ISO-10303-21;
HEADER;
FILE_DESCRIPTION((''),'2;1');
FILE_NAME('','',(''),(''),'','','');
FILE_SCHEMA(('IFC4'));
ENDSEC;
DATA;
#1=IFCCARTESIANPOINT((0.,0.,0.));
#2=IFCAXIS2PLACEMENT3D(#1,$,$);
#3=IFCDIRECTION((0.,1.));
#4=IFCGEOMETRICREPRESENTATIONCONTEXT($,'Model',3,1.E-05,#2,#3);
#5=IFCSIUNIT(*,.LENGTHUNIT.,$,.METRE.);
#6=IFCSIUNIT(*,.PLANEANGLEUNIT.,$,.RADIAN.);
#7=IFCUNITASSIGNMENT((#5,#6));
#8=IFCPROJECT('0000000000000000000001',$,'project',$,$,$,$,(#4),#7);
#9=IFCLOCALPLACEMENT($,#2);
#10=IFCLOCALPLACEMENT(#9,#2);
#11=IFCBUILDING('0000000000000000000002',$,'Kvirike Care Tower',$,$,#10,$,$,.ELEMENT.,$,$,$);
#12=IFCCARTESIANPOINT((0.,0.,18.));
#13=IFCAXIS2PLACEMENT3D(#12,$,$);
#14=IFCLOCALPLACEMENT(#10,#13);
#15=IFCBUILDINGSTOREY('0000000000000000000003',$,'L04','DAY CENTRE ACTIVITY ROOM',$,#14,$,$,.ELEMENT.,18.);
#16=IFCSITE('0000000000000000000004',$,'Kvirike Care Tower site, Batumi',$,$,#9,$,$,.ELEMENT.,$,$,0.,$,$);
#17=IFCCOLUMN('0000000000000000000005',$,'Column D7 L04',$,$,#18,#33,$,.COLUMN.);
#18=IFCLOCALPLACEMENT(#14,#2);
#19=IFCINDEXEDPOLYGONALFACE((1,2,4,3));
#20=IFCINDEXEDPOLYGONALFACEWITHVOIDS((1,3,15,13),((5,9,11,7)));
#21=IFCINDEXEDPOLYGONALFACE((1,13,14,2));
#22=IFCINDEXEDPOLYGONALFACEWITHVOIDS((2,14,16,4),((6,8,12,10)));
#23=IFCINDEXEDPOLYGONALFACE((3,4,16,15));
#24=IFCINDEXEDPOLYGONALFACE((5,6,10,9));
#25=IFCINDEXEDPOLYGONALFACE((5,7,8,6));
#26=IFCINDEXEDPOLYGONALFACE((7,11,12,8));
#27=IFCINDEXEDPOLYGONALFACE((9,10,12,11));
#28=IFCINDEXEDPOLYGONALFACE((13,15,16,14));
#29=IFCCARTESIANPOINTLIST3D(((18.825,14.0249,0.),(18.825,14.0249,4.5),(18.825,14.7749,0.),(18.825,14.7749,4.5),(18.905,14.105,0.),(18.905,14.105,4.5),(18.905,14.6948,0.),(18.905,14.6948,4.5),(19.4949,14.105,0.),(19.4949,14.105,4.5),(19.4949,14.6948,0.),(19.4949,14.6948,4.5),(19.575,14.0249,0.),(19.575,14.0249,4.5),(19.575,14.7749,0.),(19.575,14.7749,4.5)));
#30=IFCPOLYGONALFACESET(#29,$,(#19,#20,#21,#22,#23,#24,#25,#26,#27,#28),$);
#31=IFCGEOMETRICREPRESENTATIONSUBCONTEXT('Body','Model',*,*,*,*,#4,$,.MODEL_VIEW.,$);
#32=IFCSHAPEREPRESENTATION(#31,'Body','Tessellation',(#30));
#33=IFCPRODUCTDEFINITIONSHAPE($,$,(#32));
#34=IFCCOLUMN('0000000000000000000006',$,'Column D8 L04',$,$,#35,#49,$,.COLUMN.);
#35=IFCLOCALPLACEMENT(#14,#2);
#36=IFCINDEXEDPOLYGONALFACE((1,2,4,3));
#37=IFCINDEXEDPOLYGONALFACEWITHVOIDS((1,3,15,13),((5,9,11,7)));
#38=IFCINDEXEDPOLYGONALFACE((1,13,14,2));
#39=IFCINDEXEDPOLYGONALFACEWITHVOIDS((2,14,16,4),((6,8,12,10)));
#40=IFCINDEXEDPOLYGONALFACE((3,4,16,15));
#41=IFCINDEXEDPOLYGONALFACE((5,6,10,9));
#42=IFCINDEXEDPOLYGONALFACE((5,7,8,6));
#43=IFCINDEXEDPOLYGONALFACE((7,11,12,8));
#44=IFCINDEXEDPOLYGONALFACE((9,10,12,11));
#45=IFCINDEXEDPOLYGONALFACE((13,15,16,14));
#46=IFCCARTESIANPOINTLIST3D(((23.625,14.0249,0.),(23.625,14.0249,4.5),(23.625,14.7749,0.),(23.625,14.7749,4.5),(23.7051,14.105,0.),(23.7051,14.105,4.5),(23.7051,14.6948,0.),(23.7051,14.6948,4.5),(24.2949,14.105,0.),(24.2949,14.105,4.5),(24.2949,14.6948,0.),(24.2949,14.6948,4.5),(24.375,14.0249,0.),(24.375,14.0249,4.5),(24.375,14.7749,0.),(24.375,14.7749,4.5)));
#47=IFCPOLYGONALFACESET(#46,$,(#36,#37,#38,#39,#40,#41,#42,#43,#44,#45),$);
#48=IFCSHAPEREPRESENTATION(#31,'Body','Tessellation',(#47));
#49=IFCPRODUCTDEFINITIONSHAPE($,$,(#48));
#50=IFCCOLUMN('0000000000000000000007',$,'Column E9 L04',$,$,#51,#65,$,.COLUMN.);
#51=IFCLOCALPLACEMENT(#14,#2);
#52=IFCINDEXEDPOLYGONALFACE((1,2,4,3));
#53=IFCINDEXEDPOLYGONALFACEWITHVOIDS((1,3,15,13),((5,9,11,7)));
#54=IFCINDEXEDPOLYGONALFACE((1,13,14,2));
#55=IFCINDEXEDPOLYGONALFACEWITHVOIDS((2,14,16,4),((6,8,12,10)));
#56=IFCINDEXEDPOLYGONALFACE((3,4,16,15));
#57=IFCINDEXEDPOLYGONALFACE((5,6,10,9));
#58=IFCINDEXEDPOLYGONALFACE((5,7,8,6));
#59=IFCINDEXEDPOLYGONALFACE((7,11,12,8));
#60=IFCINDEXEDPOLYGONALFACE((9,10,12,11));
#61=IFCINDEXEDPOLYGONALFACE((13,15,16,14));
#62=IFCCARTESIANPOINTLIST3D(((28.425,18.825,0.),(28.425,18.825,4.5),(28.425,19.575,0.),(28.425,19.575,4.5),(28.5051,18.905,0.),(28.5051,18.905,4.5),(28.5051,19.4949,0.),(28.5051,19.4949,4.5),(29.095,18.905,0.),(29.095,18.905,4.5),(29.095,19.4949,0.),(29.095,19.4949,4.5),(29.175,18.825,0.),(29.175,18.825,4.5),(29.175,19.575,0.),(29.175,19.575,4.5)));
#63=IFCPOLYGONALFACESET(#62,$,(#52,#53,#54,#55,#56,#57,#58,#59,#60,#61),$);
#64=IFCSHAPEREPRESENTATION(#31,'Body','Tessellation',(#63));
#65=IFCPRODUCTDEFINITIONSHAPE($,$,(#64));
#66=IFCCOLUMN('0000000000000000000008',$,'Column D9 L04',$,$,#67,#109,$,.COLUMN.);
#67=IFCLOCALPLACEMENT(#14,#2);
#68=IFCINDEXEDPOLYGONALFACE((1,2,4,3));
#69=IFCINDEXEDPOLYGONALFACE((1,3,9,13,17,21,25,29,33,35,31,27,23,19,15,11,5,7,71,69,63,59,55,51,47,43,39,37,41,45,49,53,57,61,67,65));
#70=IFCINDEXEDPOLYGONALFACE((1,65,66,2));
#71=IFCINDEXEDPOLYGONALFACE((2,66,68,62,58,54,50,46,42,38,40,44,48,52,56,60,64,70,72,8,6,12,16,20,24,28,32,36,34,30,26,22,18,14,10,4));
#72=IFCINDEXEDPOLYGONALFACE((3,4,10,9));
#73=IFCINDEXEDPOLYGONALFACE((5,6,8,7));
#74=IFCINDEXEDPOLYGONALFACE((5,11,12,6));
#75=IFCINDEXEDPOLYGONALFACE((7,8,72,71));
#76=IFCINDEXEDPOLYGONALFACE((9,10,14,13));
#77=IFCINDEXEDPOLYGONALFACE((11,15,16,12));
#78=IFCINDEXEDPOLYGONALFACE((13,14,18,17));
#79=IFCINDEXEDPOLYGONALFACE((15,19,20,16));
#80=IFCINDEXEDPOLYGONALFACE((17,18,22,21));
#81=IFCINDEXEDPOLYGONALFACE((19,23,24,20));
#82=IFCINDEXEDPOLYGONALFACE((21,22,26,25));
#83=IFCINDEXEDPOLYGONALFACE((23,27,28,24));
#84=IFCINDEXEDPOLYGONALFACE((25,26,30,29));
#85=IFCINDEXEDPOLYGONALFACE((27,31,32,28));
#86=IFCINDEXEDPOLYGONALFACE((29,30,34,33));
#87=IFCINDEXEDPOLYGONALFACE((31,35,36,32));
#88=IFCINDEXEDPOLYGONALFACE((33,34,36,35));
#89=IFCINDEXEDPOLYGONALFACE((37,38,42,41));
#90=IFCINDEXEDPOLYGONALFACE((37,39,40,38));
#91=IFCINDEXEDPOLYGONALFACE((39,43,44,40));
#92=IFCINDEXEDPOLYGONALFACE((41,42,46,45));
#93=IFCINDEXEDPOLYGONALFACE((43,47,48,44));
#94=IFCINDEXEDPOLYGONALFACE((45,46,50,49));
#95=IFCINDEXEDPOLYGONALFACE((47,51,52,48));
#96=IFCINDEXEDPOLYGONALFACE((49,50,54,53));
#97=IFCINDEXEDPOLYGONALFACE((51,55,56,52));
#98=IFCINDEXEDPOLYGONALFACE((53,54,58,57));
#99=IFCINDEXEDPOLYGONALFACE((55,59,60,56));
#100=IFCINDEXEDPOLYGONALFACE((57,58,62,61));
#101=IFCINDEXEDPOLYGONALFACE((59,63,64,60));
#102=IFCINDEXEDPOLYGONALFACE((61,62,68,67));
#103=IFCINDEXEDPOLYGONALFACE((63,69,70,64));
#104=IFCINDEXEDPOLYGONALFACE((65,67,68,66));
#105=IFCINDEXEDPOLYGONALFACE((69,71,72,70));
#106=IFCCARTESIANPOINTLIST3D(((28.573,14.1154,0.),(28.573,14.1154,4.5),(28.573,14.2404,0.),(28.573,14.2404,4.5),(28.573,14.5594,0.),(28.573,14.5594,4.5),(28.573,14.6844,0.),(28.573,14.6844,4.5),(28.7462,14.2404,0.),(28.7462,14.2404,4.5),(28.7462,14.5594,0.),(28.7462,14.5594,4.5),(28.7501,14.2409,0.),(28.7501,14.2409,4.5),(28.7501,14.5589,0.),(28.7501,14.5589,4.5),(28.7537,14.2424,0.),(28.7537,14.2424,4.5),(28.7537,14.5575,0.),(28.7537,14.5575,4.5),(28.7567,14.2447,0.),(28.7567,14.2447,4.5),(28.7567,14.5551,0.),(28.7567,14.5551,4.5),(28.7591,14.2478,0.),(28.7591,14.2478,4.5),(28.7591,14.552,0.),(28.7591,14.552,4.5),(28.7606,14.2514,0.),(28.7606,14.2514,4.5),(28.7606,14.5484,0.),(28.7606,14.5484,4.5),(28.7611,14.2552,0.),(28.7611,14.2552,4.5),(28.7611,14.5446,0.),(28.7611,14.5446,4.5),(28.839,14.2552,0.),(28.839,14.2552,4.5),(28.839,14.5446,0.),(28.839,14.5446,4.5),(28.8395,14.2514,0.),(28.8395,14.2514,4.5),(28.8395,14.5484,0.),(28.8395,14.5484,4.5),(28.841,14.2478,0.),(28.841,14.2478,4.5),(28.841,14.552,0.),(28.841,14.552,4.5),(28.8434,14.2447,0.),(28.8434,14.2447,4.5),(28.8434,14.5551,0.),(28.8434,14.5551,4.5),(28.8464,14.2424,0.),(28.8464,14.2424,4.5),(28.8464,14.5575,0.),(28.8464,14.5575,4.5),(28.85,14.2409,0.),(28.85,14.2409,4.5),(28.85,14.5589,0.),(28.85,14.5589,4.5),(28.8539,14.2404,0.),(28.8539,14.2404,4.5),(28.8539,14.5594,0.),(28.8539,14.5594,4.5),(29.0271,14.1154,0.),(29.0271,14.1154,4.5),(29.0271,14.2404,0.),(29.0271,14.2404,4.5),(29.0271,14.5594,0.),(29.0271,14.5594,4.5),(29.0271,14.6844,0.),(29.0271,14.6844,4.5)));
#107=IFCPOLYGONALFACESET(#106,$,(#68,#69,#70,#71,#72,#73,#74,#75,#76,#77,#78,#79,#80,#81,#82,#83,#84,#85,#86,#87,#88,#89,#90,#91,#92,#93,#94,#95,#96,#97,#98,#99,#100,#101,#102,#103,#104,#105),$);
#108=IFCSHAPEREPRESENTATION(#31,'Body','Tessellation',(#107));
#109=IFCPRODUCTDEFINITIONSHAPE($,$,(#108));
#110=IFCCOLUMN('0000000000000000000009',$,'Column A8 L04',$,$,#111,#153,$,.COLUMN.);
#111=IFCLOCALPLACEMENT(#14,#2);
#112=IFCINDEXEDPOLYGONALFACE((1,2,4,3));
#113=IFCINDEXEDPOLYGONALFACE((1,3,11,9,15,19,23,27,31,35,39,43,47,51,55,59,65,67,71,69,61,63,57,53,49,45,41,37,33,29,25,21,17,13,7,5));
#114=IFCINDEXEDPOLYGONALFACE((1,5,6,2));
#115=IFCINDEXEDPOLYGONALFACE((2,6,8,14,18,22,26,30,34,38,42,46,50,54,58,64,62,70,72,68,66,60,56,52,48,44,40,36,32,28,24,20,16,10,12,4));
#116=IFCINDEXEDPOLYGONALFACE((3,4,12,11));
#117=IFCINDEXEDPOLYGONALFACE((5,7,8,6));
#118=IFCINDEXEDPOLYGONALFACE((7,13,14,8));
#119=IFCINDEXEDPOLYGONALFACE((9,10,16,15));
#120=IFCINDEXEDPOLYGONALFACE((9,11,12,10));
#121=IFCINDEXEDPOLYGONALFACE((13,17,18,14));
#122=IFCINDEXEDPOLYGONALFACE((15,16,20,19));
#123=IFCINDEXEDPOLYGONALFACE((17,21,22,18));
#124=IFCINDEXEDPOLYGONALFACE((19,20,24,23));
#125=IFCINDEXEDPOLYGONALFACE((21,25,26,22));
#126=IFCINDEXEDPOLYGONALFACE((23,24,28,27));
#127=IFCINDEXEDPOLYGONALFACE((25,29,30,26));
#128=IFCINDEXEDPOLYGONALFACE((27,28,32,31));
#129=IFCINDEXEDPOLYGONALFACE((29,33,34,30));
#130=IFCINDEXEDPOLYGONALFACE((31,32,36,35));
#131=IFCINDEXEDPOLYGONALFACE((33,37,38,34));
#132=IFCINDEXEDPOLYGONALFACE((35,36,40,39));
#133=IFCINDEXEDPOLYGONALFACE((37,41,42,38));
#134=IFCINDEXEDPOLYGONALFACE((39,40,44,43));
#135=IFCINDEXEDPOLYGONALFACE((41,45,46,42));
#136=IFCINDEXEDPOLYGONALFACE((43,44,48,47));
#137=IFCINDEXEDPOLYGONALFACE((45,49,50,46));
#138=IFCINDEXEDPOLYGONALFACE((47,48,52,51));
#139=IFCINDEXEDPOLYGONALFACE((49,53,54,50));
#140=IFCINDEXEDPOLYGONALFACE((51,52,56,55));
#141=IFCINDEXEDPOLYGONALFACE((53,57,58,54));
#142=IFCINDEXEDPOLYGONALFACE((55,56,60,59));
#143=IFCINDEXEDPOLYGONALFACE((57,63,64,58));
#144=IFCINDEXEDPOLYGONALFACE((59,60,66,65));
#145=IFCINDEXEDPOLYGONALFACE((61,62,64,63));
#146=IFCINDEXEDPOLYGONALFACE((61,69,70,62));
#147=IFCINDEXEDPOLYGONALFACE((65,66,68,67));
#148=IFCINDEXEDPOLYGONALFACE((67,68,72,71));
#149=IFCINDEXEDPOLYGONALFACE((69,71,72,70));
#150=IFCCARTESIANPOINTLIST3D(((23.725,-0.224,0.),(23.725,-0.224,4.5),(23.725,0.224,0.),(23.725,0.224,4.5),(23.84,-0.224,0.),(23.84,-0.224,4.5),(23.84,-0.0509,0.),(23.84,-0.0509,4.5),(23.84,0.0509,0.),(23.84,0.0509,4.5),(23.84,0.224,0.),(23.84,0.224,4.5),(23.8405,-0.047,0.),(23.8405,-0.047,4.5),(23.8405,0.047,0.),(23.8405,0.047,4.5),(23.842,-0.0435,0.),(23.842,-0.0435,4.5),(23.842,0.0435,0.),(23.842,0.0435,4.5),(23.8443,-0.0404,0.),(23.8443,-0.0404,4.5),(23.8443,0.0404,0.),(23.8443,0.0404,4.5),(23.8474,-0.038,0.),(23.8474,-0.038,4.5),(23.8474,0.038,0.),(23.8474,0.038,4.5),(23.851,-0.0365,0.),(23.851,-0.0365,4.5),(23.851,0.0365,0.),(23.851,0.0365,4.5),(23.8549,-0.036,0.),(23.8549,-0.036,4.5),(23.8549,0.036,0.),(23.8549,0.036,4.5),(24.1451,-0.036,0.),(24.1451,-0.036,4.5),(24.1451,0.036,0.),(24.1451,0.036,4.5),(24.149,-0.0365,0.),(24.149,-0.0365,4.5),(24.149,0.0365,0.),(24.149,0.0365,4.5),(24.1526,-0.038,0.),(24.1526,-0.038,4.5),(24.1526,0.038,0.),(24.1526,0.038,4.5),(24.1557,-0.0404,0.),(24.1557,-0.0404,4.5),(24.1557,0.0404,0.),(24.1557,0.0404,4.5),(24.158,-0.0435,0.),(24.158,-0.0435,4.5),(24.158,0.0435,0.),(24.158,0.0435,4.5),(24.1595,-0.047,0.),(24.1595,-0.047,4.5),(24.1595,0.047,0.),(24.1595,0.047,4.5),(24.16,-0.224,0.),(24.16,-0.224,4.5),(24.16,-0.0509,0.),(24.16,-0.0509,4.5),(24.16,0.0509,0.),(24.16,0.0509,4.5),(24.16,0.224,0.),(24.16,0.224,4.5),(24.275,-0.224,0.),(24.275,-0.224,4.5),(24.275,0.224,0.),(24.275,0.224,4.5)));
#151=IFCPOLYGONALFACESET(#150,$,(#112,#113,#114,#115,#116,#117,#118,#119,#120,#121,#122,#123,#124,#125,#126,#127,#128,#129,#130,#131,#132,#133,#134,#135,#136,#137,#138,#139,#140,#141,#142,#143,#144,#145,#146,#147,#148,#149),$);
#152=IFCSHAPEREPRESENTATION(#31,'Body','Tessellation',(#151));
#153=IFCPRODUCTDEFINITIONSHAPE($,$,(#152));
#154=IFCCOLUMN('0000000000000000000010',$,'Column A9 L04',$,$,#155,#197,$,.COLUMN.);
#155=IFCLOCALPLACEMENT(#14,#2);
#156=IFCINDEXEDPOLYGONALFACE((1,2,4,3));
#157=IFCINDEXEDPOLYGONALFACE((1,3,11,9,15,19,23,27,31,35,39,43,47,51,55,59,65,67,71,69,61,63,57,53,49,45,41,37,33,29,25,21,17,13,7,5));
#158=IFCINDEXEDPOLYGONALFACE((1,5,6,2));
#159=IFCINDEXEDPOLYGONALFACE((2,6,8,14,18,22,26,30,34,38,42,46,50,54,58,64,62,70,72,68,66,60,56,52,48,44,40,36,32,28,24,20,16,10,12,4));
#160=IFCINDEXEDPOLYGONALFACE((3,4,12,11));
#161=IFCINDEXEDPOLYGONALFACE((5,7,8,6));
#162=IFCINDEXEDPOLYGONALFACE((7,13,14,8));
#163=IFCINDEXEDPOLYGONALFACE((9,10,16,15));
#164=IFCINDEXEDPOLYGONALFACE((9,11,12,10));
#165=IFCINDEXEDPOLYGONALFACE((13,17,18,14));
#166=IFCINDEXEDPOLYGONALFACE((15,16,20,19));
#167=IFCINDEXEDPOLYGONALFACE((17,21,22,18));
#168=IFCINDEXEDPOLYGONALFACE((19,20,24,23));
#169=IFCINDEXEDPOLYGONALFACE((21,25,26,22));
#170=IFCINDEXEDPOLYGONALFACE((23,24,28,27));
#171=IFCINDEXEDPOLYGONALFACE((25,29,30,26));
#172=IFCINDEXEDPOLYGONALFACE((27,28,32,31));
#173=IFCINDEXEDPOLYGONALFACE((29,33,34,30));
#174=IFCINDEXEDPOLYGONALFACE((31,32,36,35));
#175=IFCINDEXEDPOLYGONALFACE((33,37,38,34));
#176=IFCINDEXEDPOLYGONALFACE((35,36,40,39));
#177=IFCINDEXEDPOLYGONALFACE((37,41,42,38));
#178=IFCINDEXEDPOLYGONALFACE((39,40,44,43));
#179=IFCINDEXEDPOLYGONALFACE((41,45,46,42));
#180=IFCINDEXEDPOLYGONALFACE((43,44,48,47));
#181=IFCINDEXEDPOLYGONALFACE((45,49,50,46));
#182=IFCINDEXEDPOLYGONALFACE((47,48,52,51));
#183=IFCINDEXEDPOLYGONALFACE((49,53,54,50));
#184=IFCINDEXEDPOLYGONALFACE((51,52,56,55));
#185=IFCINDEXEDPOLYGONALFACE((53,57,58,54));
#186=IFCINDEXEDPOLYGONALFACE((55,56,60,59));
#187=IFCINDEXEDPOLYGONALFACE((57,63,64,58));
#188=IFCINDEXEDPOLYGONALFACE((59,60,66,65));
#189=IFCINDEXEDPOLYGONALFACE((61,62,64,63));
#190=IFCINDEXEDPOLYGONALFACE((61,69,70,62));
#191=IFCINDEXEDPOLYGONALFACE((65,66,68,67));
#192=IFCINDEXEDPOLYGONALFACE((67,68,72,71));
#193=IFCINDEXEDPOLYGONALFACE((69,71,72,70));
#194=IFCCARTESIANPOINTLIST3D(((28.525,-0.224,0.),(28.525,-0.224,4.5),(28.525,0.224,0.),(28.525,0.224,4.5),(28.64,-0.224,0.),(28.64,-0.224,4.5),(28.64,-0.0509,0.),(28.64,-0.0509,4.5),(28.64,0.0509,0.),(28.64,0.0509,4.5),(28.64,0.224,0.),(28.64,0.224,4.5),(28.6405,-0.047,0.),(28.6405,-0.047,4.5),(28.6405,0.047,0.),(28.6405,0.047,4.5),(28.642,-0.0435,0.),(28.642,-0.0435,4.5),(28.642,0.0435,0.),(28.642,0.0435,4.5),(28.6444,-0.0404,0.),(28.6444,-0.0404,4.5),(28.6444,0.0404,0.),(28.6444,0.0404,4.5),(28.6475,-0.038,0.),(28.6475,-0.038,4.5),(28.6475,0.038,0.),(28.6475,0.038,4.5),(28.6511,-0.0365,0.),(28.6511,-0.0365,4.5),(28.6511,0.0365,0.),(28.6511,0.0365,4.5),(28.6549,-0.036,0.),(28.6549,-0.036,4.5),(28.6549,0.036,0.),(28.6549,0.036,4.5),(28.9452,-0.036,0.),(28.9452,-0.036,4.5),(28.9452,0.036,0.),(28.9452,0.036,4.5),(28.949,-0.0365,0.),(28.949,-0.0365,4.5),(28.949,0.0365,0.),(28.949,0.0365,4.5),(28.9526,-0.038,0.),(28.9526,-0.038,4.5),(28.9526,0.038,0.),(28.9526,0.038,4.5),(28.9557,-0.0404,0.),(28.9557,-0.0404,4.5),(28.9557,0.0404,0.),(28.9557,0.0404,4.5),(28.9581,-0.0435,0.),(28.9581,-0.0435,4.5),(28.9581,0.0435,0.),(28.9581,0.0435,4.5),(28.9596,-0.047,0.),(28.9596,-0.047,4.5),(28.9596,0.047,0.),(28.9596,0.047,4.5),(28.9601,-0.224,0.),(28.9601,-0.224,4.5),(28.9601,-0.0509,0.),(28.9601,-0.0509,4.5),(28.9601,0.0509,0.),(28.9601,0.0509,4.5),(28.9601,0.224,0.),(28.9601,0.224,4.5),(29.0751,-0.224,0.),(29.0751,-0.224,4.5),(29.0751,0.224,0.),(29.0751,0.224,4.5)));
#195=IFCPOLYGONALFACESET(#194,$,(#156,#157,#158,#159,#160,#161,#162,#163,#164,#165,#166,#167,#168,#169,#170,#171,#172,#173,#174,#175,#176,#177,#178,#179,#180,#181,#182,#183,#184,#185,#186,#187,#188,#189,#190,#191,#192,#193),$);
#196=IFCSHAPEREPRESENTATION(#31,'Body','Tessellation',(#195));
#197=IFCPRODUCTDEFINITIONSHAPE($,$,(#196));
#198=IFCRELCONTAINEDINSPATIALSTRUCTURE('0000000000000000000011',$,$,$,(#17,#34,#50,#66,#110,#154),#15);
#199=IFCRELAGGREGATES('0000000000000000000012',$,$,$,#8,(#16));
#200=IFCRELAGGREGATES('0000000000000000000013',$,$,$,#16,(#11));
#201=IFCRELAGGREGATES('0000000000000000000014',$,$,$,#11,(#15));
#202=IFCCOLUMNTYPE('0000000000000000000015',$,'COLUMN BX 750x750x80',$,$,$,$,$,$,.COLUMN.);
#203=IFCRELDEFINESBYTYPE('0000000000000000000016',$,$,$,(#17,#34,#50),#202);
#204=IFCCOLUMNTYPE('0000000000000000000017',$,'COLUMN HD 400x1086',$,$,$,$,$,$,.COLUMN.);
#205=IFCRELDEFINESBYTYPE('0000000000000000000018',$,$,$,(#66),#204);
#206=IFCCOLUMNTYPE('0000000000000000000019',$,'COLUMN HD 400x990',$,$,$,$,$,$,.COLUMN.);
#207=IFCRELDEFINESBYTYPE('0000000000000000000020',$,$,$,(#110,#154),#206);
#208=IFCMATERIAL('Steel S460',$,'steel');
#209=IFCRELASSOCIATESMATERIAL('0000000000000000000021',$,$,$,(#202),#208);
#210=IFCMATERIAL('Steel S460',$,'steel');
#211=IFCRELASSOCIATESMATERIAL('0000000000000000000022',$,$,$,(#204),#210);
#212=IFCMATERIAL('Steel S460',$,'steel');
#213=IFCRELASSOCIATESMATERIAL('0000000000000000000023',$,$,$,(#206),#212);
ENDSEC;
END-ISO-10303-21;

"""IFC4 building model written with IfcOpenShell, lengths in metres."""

from ifc_helpers import new_model, si_unit, direction, frame, origin, origin_2d, place, context, subcontext, project, spatial, hollow_rectangle, i_section, extrude, material, material_profile, profile_set, type_object, element, save


model = new_model("IFC4")

# Units and contexts
model_context = context("Model", 3, precision=1e-05, world=origin(), true_north=direction((0.0, 1.0)))
body_context = subcontext(model_context, "Body", "Model", "MODEL_VIEW")
ifc_project = project(units=[si_unit("LENGTHUNIT", "METRE"), si_unit("PLANEANGLEUNIT", "RADIAN")], contexts=[model_context])

# Site, building, storey
site_placement = place(None, origin())
site = spatial("IfcSite", under=ifc_project, at=site_placement, Name="Kvirike Care Tower site, Batumi", CompositionType="ELEMENT", RefElevation=0.0)
building_placement = place(site_placement, origin())
building = spatial("IfcBuilding", under=site, at=building_placement, Name="Kvirike Care Tower", CompositionType="ELEMENT")
storey_placement = place(building_placement, frame((0.0, 0.0, 18.0)))
storey = spatial("IfcBuildingStorey", under=building, at=storey_placement, Name="L04", Description="DAY CENTRE ACTIVITY ROOM", CompositionType="ELEMENT", Elevation=18.0)

# Columns
ifc_material_1 = material(Name="Steel S460", Category="steel")
ifc_material_profile_1 = material_profile(ifc_material_1, hollow_rectangle(XDim=0.75, YDim=0.75, WallThickness=0.0801, at=origin_2d()), Name="BX 750x750x80")
ifc_profile_set_1 = profile_set([ifc_material_profile_1], Name="Steel S460")
column_type_1 = type_object("IfcColumnType", Name="COLUMN BX 750x750x80", PredefinedType="COLUMN", material=ifc_profile_set_1)
for number, where, z_axis, x_axis, name in (
    (1, (19.2, 14.3999, 0.0), (0.0, 0.0, 1.0), (1.0, 0.0, 0.0), "Column D7 L04"),
    (2, (24.0, 14.3999, 0.0), (0.0, 0.0, 1.0), (1.0, 0.0, 0.0), "Column D8 L04"),
    (3, (28.8, 19.2, 0.0), (0.0, 0.0, 1.0), (1.0, 0.0, 0.0), "Column E9 L04"),
):
    element("IfcColumn", number, at=place(storey_placement, frame(where, z_axis=z_axis, x_axis=x_axis)), inside=storey, type_object=column_type_1, Name=name, PredefinedType="COLUMN", context=body_context, shape_type="SweptSolid", body=[
        extrude(hollow_rectangle(XDim=0.75, YDim=0.75, WallThickness=0.0801, at=origin_2d()), origin(), (0.0, 0.0, 1.0), 4.5),
    ])
ifc_material_2 = material(Name="Steel S460", Category="steel")
ifc_material_profile_2 = material_profile(ifc_material_2, i_section(OverallWidth=0.4541, OverallDepth=0.5691, WebThickness=0.0779, FlangeThickness=0.125, FilletRadius=0.0149, at=origin_2d()), Name="HD 400x1086")
ifc_profile_set_2 = profile_set([ifc_material_profile_2], Name="Steel S460")
column_type_2 = type_object("IfcColumnType", Name="COLUMN HD 400x1086", PredefinedType="COLUMN", material=ifc_profile_set_2)
column_placement = place(storey_placement, frame((28.8, 14.3999, 0.0), z_axis=(0.0, 0.0, 1.0), x_axis=(1.0, 0.0, 0.0)))
element("IfcColumn", 4, at=column_placement, inside=storey, type_object=column_type_2, Name="Column D9 L04", PredefinedType="COLUMN", context=body_context, shape_type="SweptSolid", body=[
    extrude(i_section(OverallWidth=0.4541, OverallDepth=0.5691, WebThickness=0.0779, FlangeThickness=0.125, FilletRadius=0.0149, at=origin_2d()), origin(), (0.0, 0.0, 1.0), 4.5),
])
ifc_material_3 = material(Name="Steel S460", Category="steel")
ifc_material_profile_3 = material_profile(ifc_material_3, i_section(OverallWidth=0.448, OverallDepth=0.55, WebThickness=0.072, FlangeThickness=0.115, FilletRadius=0.0149, at=origin_2d()), Name="HD 400x990")
ifc_profile_set_3 = profile_set([ifc_material_profile_3], Name="Steel S460")
column_type_3 = type_object("IfcColumnType", Name="COLUMN HD 400x990", PredefinedType="COLUMN", material=ifc_profile_set_3)
for number, where, z_axis, x_axis, name in (
    (5, (24.0, 0.0, 0.0), (0.0, 0.0, 1.0), (0.0, 1.0, 0.0), "Column A8 L04"),
    (6, (28.8, 0.0, 0.0), (0.0, 0.0, 1.0), (0.0, 1.0, 0.0), "Column A9 L04"),
):
    element("IfcColumn", number, at=place(storey_placement, frame(where, z_axis=z_axis, x_axis=x_axis)), inside=storey, type_object=column_type_3, Name=name, PredefinedType="COLUMN", context=body_context, shape_type="SweptSolid", body=[
        extrude(i_section(OverallWidth=0.448, OverallDepth=0.55, WebThickness=0.072, FlangeThickness=0.115, FilletRadius=0.0149, at=origin_2d()), origin(), (0.0, 0.0, 1.0), 4.5),
    ])

save(model, "model.ifc")
